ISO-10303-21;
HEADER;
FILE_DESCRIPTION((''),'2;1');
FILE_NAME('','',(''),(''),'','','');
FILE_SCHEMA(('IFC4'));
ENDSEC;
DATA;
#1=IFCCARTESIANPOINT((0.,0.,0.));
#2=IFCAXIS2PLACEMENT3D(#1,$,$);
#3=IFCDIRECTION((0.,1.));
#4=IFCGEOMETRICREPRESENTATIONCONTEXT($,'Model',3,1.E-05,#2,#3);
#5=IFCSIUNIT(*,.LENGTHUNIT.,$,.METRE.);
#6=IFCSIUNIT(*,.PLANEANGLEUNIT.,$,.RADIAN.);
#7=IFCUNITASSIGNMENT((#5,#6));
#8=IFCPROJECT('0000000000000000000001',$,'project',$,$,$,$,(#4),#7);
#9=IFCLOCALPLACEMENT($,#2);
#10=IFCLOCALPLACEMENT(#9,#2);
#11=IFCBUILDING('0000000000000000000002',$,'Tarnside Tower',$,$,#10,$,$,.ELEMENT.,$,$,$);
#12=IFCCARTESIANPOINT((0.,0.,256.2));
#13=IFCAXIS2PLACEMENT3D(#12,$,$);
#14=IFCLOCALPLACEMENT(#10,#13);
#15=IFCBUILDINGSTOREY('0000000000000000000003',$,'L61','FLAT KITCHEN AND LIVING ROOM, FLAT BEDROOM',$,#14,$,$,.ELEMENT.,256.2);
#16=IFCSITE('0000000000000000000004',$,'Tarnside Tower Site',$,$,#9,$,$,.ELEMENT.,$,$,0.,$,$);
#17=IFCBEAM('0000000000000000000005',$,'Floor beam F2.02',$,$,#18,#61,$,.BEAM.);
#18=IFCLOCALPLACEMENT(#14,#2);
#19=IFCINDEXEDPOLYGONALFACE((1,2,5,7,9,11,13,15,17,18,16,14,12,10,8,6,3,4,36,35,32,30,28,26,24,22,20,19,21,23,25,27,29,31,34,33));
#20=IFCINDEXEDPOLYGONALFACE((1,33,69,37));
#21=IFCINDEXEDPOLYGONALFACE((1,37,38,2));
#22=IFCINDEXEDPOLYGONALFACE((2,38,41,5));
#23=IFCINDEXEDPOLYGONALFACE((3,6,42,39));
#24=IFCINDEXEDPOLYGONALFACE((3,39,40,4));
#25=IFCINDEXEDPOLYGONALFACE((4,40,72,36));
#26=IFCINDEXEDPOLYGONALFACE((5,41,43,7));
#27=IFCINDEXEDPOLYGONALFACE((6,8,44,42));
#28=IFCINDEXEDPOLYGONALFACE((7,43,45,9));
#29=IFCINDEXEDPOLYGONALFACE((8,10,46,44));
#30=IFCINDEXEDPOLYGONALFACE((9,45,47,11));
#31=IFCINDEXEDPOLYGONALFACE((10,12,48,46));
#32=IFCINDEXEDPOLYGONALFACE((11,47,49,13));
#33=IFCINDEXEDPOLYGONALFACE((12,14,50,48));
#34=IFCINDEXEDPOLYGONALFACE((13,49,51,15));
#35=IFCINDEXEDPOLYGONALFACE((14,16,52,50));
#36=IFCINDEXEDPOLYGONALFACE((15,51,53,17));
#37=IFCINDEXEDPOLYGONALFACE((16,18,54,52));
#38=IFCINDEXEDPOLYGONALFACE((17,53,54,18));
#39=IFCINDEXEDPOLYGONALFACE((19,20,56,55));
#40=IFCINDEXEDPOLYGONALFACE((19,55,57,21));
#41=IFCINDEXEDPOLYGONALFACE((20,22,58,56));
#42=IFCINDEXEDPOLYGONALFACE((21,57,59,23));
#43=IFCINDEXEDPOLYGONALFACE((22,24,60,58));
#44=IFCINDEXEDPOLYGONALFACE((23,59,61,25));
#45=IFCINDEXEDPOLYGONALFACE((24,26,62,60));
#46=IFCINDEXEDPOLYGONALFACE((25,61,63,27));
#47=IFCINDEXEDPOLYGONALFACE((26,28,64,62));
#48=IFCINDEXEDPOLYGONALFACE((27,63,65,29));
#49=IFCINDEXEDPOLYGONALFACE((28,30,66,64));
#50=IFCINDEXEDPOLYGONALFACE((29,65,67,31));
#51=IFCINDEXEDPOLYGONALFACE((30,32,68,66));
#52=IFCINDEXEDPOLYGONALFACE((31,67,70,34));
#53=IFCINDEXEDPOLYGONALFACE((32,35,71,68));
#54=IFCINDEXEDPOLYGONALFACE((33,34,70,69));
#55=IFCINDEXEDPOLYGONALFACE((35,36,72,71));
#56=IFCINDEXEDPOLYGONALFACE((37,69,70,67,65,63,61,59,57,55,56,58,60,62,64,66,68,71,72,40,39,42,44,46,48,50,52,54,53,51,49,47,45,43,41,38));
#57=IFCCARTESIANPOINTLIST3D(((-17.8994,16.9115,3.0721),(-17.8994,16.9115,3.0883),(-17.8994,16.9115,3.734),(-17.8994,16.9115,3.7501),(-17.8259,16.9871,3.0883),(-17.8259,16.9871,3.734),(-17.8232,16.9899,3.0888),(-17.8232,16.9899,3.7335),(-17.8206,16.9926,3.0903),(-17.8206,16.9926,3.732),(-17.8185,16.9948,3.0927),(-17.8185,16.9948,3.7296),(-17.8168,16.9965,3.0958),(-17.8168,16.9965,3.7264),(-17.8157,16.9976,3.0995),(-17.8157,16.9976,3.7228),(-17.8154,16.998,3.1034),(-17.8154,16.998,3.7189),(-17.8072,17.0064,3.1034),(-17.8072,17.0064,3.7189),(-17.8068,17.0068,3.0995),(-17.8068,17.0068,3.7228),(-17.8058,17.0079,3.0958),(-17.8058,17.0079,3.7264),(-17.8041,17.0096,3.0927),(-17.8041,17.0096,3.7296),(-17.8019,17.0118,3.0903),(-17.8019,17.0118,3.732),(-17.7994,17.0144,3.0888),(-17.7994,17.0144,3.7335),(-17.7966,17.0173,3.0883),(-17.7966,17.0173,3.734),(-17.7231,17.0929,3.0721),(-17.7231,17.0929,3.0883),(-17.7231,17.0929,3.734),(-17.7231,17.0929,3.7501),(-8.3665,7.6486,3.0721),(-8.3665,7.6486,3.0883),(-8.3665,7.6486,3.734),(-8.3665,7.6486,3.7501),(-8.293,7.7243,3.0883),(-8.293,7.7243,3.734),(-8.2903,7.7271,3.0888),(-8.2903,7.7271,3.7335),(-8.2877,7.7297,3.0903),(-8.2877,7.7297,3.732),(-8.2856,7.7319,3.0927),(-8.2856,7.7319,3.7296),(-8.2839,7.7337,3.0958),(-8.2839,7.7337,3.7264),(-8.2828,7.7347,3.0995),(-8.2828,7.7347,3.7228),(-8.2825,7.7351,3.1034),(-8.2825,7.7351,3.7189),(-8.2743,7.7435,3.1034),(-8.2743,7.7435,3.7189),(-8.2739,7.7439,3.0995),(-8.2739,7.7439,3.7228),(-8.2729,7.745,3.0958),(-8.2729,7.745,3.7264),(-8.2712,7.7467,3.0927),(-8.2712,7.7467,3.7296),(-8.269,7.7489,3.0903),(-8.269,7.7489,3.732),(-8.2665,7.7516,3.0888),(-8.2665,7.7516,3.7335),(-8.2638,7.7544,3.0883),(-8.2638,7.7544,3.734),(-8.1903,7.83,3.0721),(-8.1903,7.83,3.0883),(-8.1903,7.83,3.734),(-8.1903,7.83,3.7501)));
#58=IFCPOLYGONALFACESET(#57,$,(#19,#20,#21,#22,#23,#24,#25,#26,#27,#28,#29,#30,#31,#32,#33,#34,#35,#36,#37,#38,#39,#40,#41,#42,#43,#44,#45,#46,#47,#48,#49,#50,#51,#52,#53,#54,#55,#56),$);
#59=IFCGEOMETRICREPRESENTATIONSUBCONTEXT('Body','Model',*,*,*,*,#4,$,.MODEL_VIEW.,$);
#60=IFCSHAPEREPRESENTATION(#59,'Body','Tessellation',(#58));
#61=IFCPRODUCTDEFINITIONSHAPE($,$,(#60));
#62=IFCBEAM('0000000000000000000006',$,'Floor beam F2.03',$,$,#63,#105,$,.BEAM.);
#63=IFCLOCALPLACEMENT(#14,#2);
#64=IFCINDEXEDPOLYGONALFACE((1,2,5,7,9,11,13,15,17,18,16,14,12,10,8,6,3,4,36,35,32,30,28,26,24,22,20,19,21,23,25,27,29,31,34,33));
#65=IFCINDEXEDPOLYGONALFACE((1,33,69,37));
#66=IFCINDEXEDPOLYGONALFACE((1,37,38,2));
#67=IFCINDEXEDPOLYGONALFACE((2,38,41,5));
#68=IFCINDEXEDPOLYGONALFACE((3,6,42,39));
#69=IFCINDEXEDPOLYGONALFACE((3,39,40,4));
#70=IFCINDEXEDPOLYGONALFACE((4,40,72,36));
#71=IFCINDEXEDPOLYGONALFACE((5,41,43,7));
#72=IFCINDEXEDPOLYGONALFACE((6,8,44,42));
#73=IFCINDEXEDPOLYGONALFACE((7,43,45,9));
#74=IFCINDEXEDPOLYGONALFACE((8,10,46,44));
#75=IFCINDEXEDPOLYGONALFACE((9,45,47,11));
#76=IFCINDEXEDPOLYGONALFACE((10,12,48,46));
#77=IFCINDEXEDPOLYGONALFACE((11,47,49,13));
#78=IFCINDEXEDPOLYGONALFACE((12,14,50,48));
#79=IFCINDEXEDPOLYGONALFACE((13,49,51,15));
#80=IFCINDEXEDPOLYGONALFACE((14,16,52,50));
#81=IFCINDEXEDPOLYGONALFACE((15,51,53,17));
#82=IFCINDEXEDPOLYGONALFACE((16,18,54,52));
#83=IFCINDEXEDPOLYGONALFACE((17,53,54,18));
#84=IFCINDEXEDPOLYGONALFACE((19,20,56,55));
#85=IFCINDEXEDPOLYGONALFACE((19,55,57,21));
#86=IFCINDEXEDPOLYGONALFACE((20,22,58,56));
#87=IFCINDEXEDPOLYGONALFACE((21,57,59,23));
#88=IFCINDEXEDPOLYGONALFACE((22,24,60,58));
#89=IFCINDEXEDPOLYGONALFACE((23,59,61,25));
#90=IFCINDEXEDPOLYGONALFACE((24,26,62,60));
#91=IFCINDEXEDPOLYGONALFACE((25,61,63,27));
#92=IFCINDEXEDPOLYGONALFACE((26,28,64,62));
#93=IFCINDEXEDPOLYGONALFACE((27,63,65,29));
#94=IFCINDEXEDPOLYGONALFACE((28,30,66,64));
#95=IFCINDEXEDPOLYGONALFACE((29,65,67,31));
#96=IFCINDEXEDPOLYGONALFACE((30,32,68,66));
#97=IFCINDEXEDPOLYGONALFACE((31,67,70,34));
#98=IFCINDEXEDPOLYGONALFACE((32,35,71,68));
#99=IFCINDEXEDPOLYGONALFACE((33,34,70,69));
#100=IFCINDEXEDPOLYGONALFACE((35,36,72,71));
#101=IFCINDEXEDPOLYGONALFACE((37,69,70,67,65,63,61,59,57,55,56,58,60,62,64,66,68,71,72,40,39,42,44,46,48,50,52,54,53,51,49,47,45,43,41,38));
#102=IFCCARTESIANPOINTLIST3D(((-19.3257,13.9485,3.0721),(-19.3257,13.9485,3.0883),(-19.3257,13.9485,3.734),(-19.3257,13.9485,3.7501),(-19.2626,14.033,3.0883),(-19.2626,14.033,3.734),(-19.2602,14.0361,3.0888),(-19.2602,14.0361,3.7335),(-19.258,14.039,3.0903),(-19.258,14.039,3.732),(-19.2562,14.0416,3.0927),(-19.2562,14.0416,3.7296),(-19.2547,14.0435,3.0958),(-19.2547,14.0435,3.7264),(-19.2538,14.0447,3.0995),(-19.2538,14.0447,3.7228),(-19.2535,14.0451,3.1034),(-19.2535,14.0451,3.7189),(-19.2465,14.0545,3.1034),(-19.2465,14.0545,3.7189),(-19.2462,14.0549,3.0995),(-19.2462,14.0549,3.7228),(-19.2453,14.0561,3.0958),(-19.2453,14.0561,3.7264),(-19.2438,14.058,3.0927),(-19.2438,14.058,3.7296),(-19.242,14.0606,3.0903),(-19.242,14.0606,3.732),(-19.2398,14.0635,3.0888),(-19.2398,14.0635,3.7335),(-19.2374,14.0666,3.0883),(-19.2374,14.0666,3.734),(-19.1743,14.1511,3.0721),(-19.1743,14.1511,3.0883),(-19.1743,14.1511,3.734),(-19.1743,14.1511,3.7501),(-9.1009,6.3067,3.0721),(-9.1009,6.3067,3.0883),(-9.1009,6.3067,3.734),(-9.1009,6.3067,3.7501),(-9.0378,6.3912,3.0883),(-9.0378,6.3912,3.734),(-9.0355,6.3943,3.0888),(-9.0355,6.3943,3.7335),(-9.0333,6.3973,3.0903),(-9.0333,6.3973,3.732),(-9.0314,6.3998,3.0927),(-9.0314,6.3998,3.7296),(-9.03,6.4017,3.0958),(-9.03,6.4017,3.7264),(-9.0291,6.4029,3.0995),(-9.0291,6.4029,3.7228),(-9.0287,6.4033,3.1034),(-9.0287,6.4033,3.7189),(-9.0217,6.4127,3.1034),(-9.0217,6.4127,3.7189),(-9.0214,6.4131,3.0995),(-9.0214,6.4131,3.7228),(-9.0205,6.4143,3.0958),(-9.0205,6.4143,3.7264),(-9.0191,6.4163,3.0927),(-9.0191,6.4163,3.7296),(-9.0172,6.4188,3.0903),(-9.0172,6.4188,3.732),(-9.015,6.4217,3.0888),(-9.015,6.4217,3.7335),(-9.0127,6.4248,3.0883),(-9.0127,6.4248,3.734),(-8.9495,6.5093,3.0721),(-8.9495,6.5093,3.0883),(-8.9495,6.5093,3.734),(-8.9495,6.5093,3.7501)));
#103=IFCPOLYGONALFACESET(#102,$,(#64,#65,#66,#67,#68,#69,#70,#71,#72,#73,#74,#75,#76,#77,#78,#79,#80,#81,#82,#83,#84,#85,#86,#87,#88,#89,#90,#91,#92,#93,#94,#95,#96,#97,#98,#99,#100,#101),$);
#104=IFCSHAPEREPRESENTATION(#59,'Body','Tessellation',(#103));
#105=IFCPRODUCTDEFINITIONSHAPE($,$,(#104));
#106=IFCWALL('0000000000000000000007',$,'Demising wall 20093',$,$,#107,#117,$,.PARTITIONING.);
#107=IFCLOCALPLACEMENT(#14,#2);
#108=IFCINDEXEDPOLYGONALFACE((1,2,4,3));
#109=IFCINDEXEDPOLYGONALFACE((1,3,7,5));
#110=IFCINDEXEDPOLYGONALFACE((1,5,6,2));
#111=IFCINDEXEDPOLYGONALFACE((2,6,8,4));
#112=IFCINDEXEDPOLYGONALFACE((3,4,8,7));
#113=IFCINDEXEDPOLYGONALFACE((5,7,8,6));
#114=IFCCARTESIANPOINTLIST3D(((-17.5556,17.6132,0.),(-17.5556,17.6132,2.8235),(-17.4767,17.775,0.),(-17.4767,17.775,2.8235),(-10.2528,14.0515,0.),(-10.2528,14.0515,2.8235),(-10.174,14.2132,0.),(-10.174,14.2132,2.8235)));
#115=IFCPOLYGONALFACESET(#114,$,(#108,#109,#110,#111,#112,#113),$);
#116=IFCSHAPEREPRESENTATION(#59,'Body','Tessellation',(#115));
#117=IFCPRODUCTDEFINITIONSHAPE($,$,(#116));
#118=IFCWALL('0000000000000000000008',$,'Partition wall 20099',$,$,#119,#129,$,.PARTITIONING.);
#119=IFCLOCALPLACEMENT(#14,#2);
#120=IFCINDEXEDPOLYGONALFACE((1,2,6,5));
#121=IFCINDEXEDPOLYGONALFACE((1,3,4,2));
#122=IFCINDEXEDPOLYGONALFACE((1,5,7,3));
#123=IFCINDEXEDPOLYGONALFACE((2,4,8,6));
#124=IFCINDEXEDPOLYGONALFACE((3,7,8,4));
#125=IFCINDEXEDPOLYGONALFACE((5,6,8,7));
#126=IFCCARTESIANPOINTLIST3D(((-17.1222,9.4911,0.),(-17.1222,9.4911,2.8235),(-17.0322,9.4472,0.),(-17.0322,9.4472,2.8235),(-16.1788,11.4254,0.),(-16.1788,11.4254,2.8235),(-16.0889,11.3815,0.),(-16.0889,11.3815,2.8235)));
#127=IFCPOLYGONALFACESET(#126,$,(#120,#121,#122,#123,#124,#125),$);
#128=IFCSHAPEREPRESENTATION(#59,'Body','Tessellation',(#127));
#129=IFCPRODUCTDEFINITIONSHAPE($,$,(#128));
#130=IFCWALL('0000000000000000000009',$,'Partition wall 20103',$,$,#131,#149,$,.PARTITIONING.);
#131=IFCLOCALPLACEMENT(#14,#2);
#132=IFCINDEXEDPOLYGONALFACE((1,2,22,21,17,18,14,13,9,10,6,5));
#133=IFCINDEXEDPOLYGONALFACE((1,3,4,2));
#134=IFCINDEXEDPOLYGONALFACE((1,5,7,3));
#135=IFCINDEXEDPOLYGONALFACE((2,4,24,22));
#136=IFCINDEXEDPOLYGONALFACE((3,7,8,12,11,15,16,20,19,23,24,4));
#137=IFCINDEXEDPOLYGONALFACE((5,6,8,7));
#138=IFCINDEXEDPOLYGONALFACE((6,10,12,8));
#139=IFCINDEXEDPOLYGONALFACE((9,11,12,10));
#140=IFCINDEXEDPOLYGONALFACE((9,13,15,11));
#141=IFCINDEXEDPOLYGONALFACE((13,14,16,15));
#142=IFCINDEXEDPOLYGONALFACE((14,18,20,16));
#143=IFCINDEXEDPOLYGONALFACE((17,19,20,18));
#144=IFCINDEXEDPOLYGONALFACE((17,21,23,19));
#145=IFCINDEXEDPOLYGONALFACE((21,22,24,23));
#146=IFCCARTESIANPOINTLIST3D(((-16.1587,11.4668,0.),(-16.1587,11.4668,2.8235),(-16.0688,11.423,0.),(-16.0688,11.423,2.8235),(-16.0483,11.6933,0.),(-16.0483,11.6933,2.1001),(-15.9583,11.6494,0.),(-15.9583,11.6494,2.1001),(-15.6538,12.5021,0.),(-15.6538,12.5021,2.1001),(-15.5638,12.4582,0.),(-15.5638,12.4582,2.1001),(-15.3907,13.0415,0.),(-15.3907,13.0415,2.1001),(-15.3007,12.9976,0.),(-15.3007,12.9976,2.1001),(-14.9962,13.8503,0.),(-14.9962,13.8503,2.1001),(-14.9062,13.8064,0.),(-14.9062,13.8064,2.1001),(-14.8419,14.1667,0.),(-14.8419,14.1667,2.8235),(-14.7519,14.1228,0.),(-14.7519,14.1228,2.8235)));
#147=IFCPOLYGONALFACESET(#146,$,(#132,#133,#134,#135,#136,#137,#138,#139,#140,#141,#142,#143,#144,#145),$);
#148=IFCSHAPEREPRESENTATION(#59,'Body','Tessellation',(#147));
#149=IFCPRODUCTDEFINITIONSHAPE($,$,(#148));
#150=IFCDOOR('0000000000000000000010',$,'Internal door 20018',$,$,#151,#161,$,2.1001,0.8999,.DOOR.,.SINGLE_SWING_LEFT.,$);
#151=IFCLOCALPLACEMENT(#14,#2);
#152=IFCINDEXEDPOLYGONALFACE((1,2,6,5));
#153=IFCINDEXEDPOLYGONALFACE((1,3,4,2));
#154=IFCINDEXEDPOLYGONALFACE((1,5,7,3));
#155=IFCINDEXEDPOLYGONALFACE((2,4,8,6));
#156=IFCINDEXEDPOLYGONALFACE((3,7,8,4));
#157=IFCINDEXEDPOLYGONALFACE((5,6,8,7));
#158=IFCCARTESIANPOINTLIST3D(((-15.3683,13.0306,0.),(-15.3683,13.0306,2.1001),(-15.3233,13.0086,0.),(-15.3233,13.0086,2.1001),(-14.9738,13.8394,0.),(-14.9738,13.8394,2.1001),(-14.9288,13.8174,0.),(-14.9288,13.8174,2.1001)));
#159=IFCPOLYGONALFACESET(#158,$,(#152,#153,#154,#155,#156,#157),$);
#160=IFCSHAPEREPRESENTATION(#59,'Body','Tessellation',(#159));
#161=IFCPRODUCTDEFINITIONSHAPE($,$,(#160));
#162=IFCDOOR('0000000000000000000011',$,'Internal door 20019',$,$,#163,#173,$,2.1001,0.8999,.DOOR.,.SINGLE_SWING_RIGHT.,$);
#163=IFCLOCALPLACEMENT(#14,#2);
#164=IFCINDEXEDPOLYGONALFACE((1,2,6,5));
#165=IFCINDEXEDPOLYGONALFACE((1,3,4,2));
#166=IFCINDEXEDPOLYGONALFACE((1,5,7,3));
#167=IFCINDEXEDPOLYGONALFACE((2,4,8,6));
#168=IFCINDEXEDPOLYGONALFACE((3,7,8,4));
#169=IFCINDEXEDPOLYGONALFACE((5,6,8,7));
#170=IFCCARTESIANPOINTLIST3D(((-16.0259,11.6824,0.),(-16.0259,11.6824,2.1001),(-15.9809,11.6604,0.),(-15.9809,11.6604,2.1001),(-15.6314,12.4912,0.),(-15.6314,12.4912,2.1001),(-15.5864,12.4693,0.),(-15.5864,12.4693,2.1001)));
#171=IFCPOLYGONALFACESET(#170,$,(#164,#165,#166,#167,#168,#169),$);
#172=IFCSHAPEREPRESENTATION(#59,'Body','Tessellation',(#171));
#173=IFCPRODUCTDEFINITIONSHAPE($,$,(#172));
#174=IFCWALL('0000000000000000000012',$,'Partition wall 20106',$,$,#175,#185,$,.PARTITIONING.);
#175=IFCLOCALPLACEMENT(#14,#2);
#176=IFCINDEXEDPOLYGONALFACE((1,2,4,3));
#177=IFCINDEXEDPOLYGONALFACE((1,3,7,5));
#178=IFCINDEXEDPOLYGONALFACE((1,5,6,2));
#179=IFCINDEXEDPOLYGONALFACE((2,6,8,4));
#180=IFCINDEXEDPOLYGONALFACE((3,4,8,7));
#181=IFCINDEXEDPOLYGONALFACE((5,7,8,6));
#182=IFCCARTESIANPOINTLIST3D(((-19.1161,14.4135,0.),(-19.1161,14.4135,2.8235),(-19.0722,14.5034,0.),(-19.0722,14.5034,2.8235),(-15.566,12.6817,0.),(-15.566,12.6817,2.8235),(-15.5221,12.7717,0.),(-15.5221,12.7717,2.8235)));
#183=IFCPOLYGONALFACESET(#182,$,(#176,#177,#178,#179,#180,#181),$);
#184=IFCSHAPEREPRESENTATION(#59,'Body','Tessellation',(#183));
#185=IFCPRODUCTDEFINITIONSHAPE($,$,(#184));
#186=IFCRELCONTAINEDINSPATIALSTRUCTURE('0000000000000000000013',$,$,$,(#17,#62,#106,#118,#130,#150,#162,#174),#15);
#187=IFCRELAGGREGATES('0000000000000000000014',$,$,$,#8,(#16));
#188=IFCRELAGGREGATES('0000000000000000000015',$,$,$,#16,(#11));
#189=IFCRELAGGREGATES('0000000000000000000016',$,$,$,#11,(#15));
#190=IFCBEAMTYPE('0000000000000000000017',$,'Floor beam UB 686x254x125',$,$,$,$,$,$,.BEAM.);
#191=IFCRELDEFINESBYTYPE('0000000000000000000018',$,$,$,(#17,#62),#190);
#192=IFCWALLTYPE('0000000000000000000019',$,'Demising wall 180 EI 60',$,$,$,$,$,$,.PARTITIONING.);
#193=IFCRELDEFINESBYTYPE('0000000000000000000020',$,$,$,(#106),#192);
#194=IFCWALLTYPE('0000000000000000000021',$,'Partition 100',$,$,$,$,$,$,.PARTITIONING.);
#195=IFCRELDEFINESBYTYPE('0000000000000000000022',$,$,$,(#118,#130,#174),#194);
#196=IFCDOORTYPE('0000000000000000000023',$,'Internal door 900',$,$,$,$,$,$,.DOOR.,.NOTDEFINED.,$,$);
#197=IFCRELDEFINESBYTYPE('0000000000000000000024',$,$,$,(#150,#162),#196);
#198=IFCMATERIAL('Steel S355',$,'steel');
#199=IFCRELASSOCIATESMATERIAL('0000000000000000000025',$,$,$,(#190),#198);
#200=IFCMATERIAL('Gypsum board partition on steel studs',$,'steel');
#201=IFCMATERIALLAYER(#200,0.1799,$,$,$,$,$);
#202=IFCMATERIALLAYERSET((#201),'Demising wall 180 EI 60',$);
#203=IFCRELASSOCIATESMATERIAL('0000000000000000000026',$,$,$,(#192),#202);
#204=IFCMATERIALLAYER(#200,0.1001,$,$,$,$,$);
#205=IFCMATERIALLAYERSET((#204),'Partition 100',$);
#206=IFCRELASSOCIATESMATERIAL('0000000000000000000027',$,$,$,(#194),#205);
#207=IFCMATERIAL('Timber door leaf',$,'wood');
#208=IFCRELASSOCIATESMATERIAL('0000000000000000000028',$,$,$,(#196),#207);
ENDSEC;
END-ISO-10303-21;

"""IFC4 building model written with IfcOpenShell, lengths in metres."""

from ifc_helpers import new_model, si_unit, direction, frame, frame_2d, origin, origin_2d, place, context, subcontext, project, spatial, rectangle, i_section, extrude, material, layer, layer_set, material_profile, profile_set, type_object, element, fill, save


model = new_model("IFC4")

# Units and contexts
model_context = context("Model", 3, precision=1e-05, world=origin(), true_north=direction((0.0, 1.0)))
body_context = subcontext(model_context, "Body", "Model", "MODEL_VIEW")
ifc_project = project(units=[si_unit("LENGTHUNIT", "METRE"), si_unit("PLANEANGLEUNIT", "RADIAN")], contexts=[model_context])

# Site, building, storey
site_placement = place(None, origin())
site = spatial("IfcSite", under=ifc_project, at=site_placement, Name="Tarnside Tower Site", CompositionType="ELEMENT", RefElevation=0.0)
building_placement = place(site_placement, origin())
building = spatial("IfcBuilding", under=site, at=building_placement, Name="Tarnside Tower", CompositionType="ELEMENT")
storey_placement = place(building_placement, frame((0.0, 0.0, 256.2)))
storey = spatial("IfcBuildingStorey", under=building, at=storey_placement, Name="L61", Description="FLAT KITCHEN AND LIVING ROOM, FLAT BEDROOM", CompositionType="ELEMENT", Elevation=256.2)

# Beams
ifc_material_1 = material(Name="Steel S355", Category="steel")
ifc_material_profile = material_profile(ifc_material_1, i_section(OverallWidth=0.2529, OverallDepth=0.678, WebThickness=0.0117, FlangeThickness=0.0161, FilletRadius=0.0151, at=origin_2d()), Name="UB 686x254x125")
ifc_profile_set = profile_set([ifc_material_profile], Name="Steel S355")
beam_type = type_object("IfcBeamType", Name="Floor beam UB 686x254x125", PredefinedType="BEAM", material=ifc_profile_set)
beam_1_placement = place(storey_placement, frame((-17.8113, 17.0022, 3.4111), z_axis=(0.717191, -0.696877, 0.0), x_axis=(0.696877, 0.717191, 0.0)))
element("IfcBeam", 1, at=beam_1_placement, inside=storey, type_object=beam_type, Name="Floor beam F2.02", PredefinedType="BEAM", context=body_context, shape_type="SweptSolid", body=[
    extrude(i_section(OverallWidth=0.2529, OverallDepth=0.678, WebThickness=0.0117, FlangeThickness=0.0161, FilletRadius=0.0151, at=origin_2d()), origin(), (0.0, 0.0, 1.0), 13.292),
])
beam_2_placement = place(storey_placement, frame((-19.25, 14.0498, 3.4111), z_axis=(0.801006, -0.598656, 0.0), x_axis=(0.598656, 0.801006, 0.0)))
element("IfcBeam", 2, at=beam_2_placement, inside=storey, type_object=beam_type, Name="Floor beam F2.03", PredefinedType="BEAM", context=body_context, shape_type="SweptSolid", body=[
    extrude(i_section(OverallWidth=0.2529, OverallDepth=0.678, WebThickness=0.0117, FlangeThickness=0.0161, FilletRadius=0.0151, at=origin_2d()), origin(), (0.0, 0.0, 1.0), 12.7649),
])

# Walls
ifc_material_2 = material(Name="Gypsum board partition on steel studs", Category="steel")
ifc_layer_1 = layer(ifc_material_2, 0.1799)
ifc_layer_set_1 = layer_set([ifc_layer_1], Name="Demising wall 180 EI 60")
wall_type_1 = type_object("IfcWallType", Name="Demising wall 180 EI 60", PredefinedType="PARTITIONING", material=ifc_layer_set_1)
wall_1_placement = place(storey_placement, frame((-17.5161, 17.6941, 0.0), z_axis=(0.0, 0.0, 1.0), x_axis=(0.898795, -0.43837, 0.0)))
element("IfcWall", 3, at=wall_1_placement, inside=storey, type_object=wall_type_1, Name="Demising wall 20093", PredefinedType="PARTITIONING", context=body_context, shape_type="SweptSolid", body=[
    extrude(rectangle(XDim=8.125, YDim=0.1799, at=frame_2d((4.0625, 0.0))), origin(), (0.0, 0.0, 1.0), 2.8235),
])
ifc_layer_2 = layer(ifc_material_2, 0.1001)
ifc_layer_set_2 = layer_set([ifc_layer_2], Name="Partition 100")
wall_type_2 = type_object("IfcWallType", Name="Partition 100", PredefinedType="PARTITIONING", material=ifc_layer_set_2)
wall_2_placement = place(storey_placement, frame((-16.1338, 11.4036, 0.0), z_axis=(0.0, 0.0, 1.0), x_axis=(-0.438343, -0.898808, 0.0)))
element("IfcWall", 4, at=wall_2_placement, inside=storey, type_object=wall_type_2, Name="Partition wall 20099", PredefinedType="PARTITIONING", context=body_context, shape_type="SweptSolid", body=[
    extrude(rectangle(XDim=2.1521, YDim=0.1001, at=frame_2d((1.0762, 0.0))), origin(), (0.0, 0.0, 1.0), 2.8235),
])

# Wall, openings, doors
wall_3_placement = place(storey_placement, frame((-14.7969, 14.1448, 0.0), z_axis=(0.0, 0.0, 1.0), x_axis=(-0.438382, -0.898789, 0.0)))
wall_3 = element("IfcWall", 5, at=wall_3_placement, inside=storey, type_object=wall_type_2, Name="Partition wall 20103", PredefinedType="PARTITIONING", context=body_context, shape_type="SweptSolid", body=[
    extrude(rectangle(XDim=3.0039, YDim=0.1001, at=frame_2d((1.502, 0.0))), origin(), (0.0, 0.0, 1.0), 2.8235),
])
opening_1_placement = place(wall_3_placement, frame((0.3521, 0.0, 0.0)))
opening_1 = element("IfcOpeningElement", 6, at=opening_1_placement, cuts=wall_3, PredefinedType="OPENING", context=body_context, shape_type="SweptSolid", body=[
    extrude(rectangle(XDim=0.8999, YDim=2.1001, at=frame_2d((0.45, 1.05))), frame((0.0, 0.0601, 0.0), z_axis=(0.0, -1.0, 0.0), x_axis=(1.0, 0.0, 0.0)), (0.0, 0.0, 1.0), 0.1201),
])
opening_2_placement = place(wall_3_placement, frame((1.8521, 0.0, 0.0)))
opening_2 = element("IfcOpeningElement", 7, at=opening_2_placement, cuts=wall_3, PredefinedType="OPENING", context=body_context, shape_type="SweptSolid", body=[
    extrude(rectangle(XDim=0.8999, YDim=2.1001, at=frame_2d((0.45, 1.05))), frame((0.0, 0.0601, 0.0), z_axis=(0.0, -1.0, 0.0), x_axis=(1.0, 0.0, 0.0)), (0.0, 0.0, 1.0), 0.1201),
])
ifc_material_3 = material(Name="Timber door leaf", Category="wood")
door_type = type_object("IfcDoorType", Name="Internal door 900", OperationType="NOTDEFINED", PredefinedType="DOOR", material=ifc_material_3)
door_1_placement = place(opening_1_placement, origin())
door_1 = element("IfcDoor", 8, at=door_1_placement, inside=storey, type_object=door_type, Name="Internal door 20018", OperationType="SINGLE_SWING_LEFT", OverallHeight=2.1001, OverallWidth=0.8999, PredefinedType="DOOR", context=body_context, shape_type="SweptSolid", body=[
    extrude(rectangle(XDim=0.8999, YDim=2.1001, at=frame_2d((0.45, 1.05))), frame((0.0, 0.0249, 0.0), z_axis=(0.0, -1.0, 0.0), x_axis=(1.0, 0.0, 0.0)), (0.0, 0.0, 1.0), 0.05),
])
fill(opening_1, door_1)
door_2_placement = place(opening_2_placement, origin())
door_2 = element("IfcDoor", 9, at=door_2_placement, inside=storey, type_object=door_type, Name="Internal door 20019", OperationType="SINGLE_SWING_RIGHT", OverallHeight=2.1001, OverallWidth=0.8999, PredefinedType="DOOR", context=body_context, shape_type="SweptSolid", body=[
    extrude(rectangle(XDim=0.8999, YDim=2.1001, at=frame_2d((0.45, 1.05))), frame((0.0, 0.0249, 0.0), z_axis=(0.0, -1.0, 0.0), x_axis=(1.0, 0.0, 0.0)), (0.0, 0.0, 1.0), 0.05),
])
fill(opening_2, door_2)

# Wall
wall_4_placement = place(storey_placement, frame((-19.0942, 14.4585, 0.0), z_axis=(0.0, 0.0, 1.0), x_axis=(0.898773, -0.438415, 0.0)))
element("IfcWall", 10, at=wall_4_placement, inside=storey, type_object=wall_type_2, Name="Partition wall 20106", PredefinedType="PARTITIONING", context=body_context, shape_type="SweptSolid", body=[
    extrude(rectangle(XDim=3.95, YDim=0.1001, at=frame_2d((1.9751, 0.0))), origin(), (0.0, 0.0, 1.0), 2.8235),
])

save(model, "model.ifc")
